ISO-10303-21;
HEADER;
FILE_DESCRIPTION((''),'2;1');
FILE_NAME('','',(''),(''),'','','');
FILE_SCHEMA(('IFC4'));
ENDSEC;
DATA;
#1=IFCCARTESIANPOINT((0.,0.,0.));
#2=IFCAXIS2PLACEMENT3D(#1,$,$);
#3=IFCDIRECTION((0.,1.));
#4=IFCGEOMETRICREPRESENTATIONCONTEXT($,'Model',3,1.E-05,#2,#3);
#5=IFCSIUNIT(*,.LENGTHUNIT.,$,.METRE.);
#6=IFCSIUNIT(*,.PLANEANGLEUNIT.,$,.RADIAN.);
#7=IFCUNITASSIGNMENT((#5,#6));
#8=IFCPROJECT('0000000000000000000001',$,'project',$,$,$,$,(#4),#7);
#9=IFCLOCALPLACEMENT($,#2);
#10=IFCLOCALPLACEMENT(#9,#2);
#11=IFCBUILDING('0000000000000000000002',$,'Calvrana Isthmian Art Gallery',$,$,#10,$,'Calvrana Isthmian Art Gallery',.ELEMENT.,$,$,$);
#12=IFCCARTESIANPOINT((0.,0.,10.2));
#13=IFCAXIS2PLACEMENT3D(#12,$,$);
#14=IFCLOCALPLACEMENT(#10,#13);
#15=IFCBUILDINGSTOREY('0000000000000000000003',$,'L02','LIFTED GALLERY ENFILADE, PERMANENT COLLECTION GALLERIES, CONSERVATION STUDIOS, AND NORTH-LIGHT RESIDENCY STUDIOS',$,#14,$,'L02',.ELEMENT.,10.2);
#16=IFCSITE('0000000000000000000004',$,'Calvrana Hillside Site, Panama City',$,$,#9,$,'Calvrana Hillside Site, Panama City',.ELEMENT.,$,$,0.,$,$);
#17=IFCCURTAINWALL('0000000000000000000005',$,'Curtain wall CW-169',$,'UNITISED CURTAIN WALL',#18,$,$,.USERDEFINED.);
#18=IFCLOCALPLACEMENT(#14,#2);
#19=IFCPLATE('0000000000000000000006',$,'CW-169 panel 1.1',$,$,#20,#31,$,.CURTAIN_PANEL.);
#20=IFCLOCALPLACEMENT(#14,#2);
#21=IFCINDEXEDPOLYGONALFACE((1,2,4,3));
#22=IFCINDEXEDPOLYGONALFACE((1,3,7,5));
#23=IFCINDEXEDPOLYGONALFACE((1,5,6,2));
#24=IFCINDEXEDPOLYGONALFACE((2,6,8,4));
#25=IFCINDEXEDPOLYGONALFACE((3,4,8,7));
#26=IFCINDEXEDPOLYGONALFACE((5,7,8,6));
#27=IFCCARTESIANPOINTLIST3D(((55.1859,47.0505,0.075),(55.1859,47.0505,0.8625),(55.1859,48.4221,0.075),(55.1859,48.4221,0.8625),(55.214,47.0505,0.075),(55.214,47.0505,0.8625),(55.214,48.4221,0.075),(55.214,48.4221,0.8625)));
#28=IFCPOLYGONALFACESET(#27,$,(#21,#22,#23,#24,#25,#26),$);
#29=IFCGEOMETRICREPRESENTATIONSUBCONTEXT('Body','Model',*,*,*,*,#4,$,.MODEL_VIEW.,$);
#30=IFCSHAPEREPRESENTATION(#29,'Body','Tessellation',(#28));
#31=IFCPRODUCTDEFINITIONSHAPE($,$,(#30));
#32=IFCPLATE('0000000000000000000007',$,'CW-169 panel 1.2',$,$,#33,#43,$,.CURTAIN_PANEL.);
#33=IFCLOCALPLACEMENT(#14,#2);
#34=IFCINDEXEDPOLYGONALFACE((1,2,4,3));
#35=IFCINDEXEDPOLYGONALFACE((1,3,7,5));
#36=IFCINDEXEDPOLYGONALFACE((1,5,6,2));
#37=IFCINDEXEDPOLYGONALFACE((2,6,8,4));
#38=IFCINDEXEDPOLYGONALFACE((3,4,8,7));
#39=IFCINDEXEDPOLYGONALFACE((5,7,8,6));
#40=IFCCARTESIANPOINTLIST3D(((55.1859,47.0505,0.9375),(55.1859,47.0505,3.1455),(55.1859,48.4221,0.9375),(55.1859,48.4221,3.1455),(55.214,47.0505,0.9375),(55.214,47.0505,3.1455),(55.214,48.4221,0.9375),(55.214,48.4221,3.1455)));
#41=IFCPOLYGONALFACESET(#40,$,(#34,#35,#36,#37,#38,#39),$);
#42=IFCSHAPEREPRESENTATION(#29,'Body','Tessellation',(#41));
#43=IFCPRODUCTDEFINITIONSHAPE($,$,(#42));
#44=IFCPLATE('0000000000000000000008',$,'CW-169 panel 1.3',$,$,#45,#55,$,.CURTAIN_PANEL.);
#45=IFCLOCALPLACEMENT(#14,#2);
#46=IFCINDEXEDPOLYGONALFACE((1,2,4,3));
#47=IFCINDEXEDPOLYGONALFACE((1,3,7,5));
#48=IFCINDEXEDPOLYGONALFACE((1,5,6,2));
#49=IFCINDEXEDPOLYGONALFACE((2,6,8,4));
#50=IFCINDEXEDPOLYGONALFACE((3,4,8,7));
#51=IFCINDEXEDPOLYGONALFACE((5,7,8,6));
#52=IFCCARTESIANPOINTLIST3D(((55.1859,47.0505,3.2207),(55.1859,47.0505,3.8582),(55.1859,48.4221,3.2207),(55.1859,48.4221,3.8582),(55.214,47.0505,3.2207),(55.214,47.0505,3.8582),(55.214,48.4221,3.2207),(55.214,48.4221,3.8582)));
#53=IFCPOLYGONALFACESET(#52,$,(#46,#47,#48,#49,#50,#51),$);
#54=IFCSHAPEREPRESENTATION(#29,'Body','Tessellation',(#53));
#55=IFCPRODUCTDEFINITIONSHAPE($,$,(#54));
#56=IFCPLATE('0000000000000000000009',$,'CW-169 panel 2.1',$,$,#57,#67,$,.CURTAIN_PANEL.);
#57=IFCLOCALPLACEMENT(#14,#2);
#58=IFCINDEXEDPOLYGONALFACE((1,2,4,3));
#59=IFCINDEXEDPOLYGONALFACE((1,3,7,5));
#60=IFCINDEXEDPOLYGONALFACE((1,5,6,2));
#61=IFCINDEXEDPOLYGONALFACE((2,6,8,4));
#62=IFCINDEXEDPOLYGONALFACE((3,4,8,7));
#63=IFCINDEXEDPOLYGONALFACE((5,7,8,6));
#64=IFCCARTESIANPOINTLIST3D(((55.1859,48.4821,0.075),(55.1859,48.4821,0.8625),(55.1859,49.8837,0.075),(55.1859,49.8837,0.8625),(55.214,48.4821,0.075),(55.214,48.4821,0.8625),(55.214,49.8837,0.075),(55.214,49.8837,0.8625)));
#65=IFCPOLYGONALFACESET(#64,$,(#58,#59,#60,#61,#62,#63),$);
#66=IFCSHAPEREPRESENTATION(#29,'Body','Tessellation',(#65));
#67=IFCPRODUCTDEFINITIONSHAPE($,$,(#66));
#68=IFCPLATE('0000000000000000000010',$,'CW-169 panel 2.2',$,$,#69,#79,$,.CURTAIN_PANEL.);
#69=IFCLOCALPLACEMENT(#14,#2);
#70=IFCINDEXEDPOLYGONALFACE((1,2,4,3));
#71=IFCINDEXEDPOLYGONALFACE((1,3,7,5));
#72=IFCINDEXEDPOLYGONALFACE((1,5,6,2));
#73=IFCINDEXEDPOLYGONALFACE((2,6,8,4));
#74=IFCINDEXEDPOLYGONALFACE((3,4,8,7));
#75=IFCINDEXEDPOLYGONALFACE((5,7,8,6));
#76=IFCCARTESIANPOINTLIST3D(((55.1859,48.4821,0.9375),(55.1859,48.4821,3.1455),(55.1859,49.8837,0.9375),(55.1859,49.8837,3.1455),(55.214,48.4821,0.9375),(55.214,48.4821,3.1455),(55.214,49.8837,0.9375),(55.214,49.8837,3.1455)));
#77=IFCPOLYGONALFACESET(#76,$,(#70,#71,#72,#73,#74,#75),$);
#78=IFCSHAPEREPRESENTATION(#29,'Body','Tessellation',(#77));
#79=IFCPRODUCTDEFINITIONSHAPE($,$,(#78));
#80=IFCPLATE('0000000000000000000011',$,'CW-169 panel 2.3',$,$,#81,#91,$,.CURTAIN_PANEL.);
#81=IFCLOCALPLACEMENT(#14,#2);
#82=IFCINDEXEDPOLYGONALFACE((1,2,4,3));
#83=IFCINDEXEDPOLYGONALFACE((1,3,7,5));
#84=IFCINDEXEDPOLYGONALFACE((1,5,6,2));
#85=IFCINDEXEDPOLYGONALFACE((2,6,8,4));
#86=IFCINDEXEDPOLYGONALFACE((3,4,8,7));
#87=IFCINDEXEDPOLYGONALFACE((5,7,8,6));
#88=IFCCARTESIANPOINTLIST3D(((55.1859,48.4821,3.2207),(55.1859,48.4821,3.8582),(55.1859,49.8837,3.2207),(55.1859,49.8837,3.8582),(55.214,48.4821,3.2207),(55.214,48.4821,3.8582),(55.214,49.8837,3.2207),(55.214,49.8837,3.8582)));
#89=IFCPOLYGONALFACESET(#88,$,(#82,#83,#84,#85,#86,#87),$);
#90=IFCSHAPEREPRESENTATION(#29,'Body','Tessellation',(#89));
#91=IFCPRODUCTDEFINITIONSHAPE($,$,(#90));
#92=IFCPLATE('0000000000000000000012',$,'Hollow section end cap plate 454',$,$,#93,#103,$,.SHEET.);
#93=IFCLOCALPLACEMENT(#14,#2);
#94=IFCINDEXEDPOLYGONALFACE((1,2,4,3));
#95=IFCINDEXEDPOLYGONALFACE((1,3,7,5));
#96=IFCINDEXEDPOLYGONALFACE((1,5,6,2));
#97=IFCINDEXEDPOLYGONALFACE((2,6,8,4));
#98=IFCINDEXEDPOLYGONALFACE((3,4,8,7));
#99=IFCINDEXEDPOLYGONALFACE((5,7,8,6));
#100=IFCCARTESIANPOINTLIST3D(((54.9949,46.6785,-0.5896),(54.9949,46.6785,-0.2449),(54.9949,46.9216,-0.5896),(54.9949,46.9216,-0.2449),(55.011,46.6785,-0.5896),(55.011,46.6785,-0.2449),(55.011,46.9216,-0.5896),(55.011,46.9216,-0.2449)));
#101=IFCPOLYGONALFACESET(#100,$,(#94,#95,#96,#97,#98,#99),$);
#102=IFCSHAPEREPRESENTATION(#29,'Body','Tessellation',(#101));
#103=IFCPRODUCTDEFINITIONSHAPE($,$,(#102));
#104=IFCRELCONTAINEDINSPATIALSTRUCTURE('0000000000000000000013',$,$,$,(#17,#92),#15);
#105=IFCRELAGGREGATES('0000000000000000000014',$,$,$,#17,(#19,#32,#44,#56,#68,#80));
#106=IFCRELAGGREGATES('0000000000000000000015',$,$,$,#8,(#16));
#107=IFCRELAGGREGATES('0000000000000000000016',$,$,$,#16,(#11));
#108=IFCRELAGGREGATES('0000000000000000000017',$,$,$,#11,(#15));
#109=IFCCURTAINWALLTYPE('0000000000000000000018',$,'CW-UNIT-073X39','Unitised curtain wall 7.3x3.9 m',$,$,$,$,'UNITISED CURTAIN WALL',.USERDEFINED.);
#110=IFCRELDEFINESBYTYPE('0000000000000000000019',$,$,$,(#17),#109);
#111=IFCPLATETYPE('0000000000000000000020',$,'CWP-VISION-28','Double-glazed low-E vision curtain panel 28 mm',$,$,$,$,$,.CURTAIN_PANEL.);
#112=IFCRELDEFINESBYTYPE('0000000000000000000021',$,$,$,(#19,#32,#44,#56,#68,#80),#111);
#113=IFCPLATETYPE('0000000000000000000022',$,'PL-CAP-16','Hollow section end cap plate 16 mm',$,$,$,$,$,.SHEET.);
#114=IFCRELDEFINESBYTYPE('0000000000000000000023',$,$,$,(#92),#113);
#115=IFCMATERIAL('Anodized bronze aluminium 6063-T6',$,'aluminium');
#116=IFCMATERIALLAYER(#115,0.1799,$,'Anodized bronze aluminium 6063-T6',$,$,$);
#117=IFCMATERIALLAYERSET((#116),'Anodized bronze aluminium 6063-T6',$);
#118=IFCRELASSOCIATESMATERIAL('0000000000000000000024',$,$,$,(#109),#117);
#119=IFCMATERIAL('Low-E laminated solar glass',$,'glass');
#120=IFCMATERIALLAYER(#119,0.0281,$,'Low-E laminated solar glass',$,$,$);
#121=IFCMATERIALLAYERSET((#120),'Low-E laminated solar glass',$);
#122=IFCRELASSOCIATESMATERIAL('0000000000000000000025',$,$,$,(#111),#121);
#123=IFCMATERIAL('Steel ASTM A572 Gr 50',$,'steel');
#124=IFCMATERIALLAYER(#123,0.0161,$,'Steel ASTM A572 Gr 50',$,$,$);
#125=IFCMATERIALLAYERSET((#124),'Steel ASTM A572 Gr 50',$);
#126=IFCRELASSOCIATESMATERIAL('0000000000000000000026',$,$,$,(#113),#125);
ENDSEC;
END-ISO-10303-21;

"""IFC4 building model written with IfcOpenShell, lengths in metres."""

from ifc_helpers import new_model, si_unit, direction, frame, origin, origin_2d, place, context, subcontext, project, spatial, rectangle, extrude, material, layer, layer_set, type_object, element, aggregate, save


model = new_model("IFC4")

# Units and contexts
model_context = context("Model", 3, precision=1e-05, world=origin(), true_north=direction((0.0, 1.0)))
body_context = subcontext(model_context, "Body", "Model", "MODEL_VIEW")
ifc_project = project(units=[si_unit("LENGTHUNIT", "METRE"), si_unit("PLANEANGLEUNIT", "RADIAN")], contexts=[model_context])

# Site, building, storey
site_placement = place(None, origin())
site = spatial("IfcSite", under=ifc_project, at=site_placement, Name="Calvrana Hillside Site, Panama City", LongName="Calvrana Hillside Site, Panama City", CompositionType="ELEMENT", RefElevation=0.0)
building_placement = place(site_placement, origin())
building = spatial("IfcBuilding", under=site, at=building_placement, Name="Calvrana Isthmian Art Gallery", LongName="Calvrana Isthmian Art Gallery", CompositionType="ELEMENT")
storey_placement = place(building_placement, frame((0.0, 0.0, 10.2)))
storey = spatial("IfcBuildingStorey", under=building, at=storey_placement, Name="L02", Description="LIFTED GALLERY ENFILADE, PERMANENT COLLECTION GALLERIES, CONSERVATION STUDIOS, AND NORTH-LIGHT RESIDENCY STUDIOS", LongName="L02", CompositionType="ELEMENT", Elevation=10.2)

# Curtain wall
ifc_material_1 = material(Name="Anodized bronze aluminium 6063-T6", Category="aluminium")
ifc_layer_1 = layer(ifc_material_1, 0.1799, Name="Anodized bronze aluminium 6063-T6")
ifc_layer_set_1 = layer_set([ifc_layer_1], Name="Anodized bronze aluminium 6063-T6")
curtain_wall_type = type_object("IfcCurtainWallType", Name="CW-UNIT-073X39", Description="Unitised curtain wall 7.3x3.9 m", ElementType="UNITISED CURTAIN WALL", PredefinedType="USERDEFINED", material=ifc_layer_set_1)
curtain_wall_placement = place(storey_placement, origin())
curtain_wall = element("IfcCurtainWall", 1, at=curtain_wall_placement, inside=storey, type_object=curtain_wall_type, Name="Curtain wall CW-169", ObjectType="UNITISED CURTAIN WALL", PredefinedType="USERDEFINED")

# Plates
ifc_material_2 = material(Name="Low-E laminated solar glass", Category="glass")
ifc_layer_2 = layer(ifc_material_2, 0.0281, Name="Low-E laminated solar glass")
ifc_layer_set_2 = layer_set([ifc_layer_2], Name="Low-E laminated solar glass")
plate_type_1 = type_object("IfcPlateType", Name="CWP-VISION-28", Description="Double-glazed low-E vision curtain panel 28 mm", PredefinedType="CURTAIN_PANEL", material=ifc_layer_set_2)
plate_1_placement = place(storey_placement, frame((55.2, 47.7363, 0.075), z_axis=(0.0, 0.0, 1.0), x_axis=(0.0, 1.0, 0.0)))
plate_1 = element("IfcPlate", 2, at=plate_1_placement, type_object=plate_type_1, Name="CW-169 panel 1.1", PredefinedType="CURTAIN_PANEL", context=body_context, shape_type="SweptSolid", body=[
    extrude(rectangle(XDim=1.3716, YDim=0.0281, at=origin_2d()), origin(), (0.0, 0.0, 1.0), 0.7876),
])
plate_2_placement = place(storey_placement, frame((55.2, 47.7363, 0.9375), z_axis=(0.0, 0.0, 1.0), x_axis=(0.0, 1.0, 0.0)))
plate_2 = element("IfcPlate", 3, at=plate_2_placement, type_object=plate_type_1, Name="CW-169 panel 1.2", PredefinedType="CURTAIN_PANEL", context=body_context, shape_type="SweptSolid", body=[
    extrude(rectangle(XDim=1.3716, YDim=0.0281, at=origin_2d()), origin(), (0.0, 0.0, 1.0), 2.208),
])
plate_3_placement = place(storey_placement, frame((55.2, 47.7363, 3.2207), z_axis=(0.0, 0.0, 1.0), x_axis=(0.0, 1.0, 0.0)))
plate_3 = element("IfcPlate", 4, at=plate_3_placement, type_object=plate_type_1, Name="CW-169 panel 1.3", PredefinedType="CURTAIN_PANEL", context=body_context, shape_type="SweptSolid", body=[
    extrude(rectangle(XDim=1.3716, YDim=0.0281, at=origin_2d()), origin(), (0.0, 0.0, 1.0), 0.6375),
])
plate_4_placement = place(storey_placement, frame((55.2, 49.1829, 0.075), z_axis=(0.0, 0.0, 1.0), x_axis=(0.0, 1.0, 0.0)))
plate_4 = element("IfcPlate", 5, at=plate_4_placement, type_object=plate_type_1, Name="CW-169 panel 2.1", PredefinedType="CURTAIN_PANEL", context=body_context, shape_type="SweptSolid", body=[
    extrude(rectangle(XDim=1.4016, YDim=0.0281, at=origin_2d()), origin(), (0.0, 0.0, 1.0), 0.7876),
])
plate_5_placement = place(storey_placement, frame((55.2, 49.1829, 0.9375), z_axis=(0.0, 0.0, 1.0), x_axis=(0.0, 1.0, 0.0)))
plate_5 = element("IfcPlate", 6, at=plate_5_placement, type_object=plate_type_1, Name="CW-169 panel 2.2", PredefinedType="CURTAIN_PANEL", context=body_context, shape_type="SweptSolid", body=[
    extrude(rectangle(XDim=1.4016, YDim=0.0281, at=origin_2d()), origin(), (0.0, 0.0, 1.0), 2.208),
])
plate_6_placement = place(storey_placement, frame((55.2, 49.1829, 3.2207), z_axis=(0.0, 0.0, 1.0), x_axis=(0.0, 1.0, 0.0)))
plate_6 = element("IfcPlate", 7, at=plate_6_placement, type_object=plate_type_1, Name="CW-169 panel 2.3", PredefinedType="CURTAIN_PANEL", context=body_context, shape_type="SweptSolid", body=[
    extrude(rectangle(XDim=1.4016, YDim=0.0281, at=origin_2d()), origin(), (0.0, 0.0, 1.0), 0.6375),
])
aggregate(curtain_wall, [plate_1, plate_2, plate_3, plate_4, plate_5, plate_6])
ifc_material_3 = material(Name="Steel ASTM A572 Gr 50", Category="steel")
ifc_layer_3 = layer(ifc_material_3, 0.0161, Name="Steel ASTM A572 Gr 50")
ifc_layer_set_3 = layer_set([ifc_layer_3], Name="Steel ASTM A572 Gr 50")
plate_type_2 = type_object("IfcPlateType", Name="PL-CAP-16", Description="Hollow section end cap plate 16 mm", PredefinedType="SHEET", material=ifc_layer_set_3)
plate_7_placement = place(storey_placement, frame((55.0029, 46.8, -0.5896), z_axis=(0.0, 0.0, 1.0), x_axis=(1.0, 0.0, 0.0)))
element("IfcPlate", 8, at=plate_7_placement, inside=storey, type_object=plate_type_2, Name="Hollow section end cap plate 454", PredefinedType="SHEET", context=body_context, shape_type="SweptSolid", body=[
    extrude(rectangle(XDim=0.0161, YDim=0.2432, at=origin_2d()), origin(), (0.0, 0.0, 1.0), 0.3447),
])

save(model, "model.ifc")
